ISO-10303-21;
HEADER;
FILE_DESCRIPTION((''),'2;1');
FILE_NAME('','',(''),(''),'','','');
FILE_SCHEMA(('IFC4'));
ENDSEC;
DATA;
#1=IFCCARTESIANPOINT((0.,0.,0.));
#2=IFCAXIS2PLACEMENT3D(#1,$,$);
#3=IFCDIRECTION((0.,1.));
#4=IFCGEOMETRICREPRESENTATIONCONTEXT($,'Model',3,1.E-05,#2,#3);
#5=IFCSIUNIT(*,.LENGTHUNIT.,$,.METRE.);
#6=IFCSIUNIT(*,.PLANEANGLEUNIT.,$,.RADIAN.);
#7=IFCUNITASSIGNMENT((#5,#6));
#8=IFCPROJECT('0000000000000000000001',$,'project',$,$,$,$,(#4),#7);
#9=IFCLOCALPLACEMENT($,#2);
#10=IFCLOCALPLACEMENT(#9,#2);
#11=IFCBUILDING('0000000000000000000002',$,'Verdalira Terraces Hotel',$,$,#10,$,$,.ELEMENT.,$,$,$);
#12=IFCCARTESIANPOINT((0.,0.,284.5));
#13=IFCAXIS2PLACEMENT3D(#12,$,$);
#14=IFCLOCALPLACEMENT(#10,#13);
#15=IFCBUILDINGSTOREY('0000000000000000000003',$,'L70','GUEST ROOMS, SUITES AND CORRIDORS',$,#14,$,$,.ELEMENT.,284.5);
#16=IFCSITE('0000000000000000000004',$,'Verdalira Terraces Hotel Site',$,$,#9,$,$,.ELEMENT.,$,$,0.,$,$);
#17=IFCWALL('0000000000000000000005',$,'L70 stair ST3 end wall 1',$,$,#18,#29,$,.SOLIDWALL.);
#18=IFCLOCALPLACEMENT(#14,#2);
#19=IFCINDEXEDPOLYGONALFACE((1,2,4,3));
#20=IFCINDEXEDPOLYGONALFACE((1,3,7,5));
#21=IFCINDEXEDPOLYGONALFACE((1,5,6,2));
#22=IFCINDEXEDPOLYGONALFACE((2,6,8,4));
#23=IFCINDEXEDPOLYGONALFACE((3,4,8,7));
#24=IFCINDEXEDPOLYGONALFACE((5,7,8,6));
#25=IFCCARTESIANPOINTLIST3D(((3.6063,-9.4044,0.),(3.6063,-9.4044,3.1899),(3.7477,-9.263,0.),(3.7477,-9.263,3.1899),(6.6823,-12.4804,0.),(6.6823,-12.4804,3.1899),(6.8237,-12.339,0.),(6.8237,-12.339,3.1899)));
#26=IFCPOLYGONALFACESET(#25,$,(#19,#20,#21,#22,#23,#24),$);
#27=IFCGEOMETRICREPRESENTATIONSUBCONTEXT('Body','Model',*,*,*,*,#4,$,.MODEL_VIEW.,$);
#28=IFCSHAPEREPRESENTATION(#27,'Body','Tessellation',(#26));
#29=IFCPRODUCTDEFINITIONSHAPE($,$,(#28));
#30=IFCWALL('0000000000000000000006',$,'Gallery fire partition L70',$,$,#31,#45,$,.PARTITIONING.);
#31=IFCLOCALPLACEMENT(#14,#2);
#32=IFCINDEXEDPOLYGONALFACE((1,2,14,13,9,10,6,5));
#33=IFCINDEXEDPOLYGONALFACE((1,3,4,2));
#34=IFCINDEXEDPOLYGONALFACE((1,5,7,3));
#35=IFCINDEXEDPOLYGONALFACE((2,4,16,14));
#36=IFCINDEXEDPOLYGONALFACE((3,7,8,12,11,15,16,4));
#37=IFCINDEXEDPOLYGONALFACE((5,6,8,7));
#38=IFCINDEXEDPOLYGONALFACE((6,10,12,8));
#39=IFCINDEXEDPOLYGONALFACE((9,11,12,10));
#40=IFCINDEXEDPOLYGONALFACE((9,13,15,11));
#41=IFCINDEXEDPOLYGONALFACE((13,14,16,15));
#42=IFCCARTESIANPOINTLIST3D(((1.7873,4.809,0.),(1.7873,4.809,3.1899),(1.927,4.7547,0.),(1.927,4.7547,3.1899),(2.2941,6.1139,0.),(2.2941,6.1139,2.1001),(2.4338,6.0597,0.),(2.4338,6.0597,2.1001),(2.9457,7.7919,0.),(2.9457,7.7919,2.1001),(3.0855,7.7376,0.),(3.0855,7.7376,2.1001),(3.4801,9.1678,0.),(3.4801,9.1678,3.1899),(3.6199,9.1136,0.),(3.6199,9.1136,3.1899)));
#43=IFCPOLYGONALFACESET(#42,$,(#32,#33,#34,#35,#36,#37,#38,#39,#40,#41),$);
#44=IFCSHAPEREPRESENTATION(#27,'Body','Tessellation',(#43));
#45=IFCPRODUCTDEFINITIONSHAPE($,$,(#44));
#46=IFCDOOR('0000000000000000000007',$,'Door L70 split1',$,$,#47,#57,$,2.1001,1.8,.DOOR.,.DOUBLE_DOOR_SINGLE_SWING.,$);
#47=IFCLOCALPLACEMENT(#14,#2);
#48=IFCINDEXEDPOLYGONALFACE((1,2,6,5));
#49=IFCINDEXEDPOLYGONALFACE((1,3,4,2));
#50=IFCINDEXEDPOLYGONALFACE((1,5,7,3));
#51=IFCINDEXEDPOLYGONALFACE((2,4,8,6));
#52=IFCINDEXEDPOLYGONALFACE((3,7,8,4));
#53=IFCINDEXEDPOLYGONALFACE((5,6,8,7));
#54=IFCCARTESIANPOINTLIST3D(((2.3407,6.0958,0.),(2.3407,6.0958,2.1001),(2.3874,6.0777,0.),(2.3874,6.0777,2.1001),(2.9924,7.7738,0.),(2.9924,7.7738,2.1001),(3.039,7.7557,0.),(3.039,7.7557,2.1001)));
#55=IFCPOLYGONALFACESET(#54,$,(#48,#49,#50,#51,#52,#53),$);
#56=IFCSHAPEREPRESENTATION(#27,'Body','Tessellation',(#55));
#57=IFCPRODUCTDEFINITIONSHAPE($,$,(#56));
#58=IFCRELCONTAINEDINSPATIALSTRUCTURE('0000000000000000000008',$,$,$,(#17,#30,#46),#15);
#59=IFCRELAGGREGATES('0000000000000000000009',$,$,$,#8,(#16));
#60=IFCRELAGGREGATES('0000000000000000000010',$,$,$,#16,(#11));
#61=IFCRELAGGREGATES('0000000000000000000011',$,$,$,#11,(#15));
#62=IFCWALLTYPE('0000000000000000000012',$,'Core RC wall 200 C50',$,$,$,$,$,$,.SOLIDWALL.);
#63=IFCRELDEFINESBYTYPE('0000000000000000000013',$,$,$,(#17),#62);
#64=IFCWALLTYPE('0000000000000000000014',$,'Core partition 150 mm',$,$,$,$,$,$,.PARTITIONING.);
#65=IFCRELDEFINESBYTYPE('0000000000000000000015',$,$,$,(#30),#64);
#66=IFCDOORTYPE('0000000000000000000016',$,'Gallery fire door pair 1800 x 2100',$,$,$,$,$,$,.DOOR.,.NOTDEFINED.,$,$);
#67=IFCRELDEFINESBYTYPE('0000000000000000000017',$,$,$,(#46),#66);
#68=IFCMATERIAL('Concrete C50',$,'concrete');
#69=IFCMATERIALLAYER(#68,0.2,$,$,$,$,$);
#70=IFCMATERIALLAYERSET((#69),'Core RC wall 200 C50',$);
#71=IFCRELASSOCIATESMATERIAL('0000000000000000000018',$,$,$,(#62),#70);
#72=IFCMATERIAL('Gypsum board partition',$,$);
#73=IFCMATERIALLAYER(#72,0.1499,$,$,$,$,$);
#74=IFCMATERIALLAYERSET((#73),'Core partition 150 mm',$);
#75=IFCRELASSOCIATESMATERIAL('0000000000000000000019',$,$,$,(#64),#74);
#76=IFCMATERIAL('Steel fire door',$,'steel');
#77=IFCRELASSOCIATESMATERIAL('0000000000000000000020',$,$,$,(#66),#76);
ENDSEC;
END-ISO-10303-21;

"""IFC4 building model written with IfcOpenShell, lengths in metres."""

from ifc_helpers import new_model, si_unit, direction, frame, frame_2d, origin, place, context, subcontext, project, spatial, rectangle, extrude, material, layer, layer_set, type_object, element, fill, save


model = new_model("IFC4")

# Units and contexts
model_context = context("Model", 3, precision=1e-05, world=origin(), true_north=direction((0.0, 1.0)))
body_context = subcontext(model_context, "Body", "Model", "MODEL_VIEW")
ifc_project = project(units=[si_unit("LENGTHUNIT", "METRE"), si_unit("PLANEANGLEUNIT", "RADIAN")], contexts=[model_context])

# Site, building, storey
site_placement = place(None, origin())
site = spatial("IfcSite", under=ifc_project, at=site_placement, Name="Verdalira Terraces Hotel Site", CompositionType="ELEMENT", RefElevation=0.0)
building_placement = place(site_placement, origin())
building = spatial("IfcBuilding", under=site, at=building_placement, Name="Verdalira Terraces Hotel", CompositionType="ELEMENT")
storey_placement = place(building_placement, frame((0.0, 0.0, 284.5)))
storey = spatial("IfcBuildingStorey", under=building, at=storey_placement, Name="L70", Description="GUEST ROOMS, SUITES AND CORRIDORS", CompositionType="ELEMENT", Elevation=284.5)

# Wall
ifc_material_1 = material(Name="Concrete C50", Category="concrete")
ifc_layer_1 = layer(ifc_material_1, 0.2)
ifc_layer_set_1 = layer_set([ifc_layer_1], Name="Core RC wall 200 C50")
wall_type_1 = type_object("IfcWallType", Name="Core RC wall 200 C50", PredefinedType="SOLIDWALL", material=ifc_layer_set_1)
wall_1_placement = place(storey_placement, frame((3.677, -9.3337, 0.0), z_axis=(0.0, 0.0, 1.0), x_axis=(0.707107, -0.707107, 0.0)))
element("IfcWall", 1, at=wall_1_placement, inside=storey, type_object=wall_type_1, Name="L70 stair ST3 end wall 1", PredefinedType="SOLIDWALL", context=body_context, shape_type="SweptSolid", body=[
    extrude(rectangle(XDim=4.3501, YDim=0.2, at=frame_2d((2.175, 0.0))), origin(), (0.0, 0.0, 1.0), 3.1899),
])

# Wall, opening, door
ifc_material_2 = material(Name="Gypsum board partition")
ifc_layer_2 = layer(ifc_material_2, 0.1499)
ifc_layer_set_2 = layer_set([ifc_layer_2], Name="Core partition 150 mm")
wall_type_2 = type_object("IfcWallType", Name="Core partition 150 mm", PredefinedType="PARTITIONING", material=ifc_layer_set_2)
wall_2_placement = place(storey_placement, frame((1.8572, 4.782, 0.0), z_axis=(0.0, 0.0, 1.0), x_axis=(0.362028, 0.932167, 0.0)))
wall_2 = element("IfcWall", 2, at=wall_2_placement, inside=storey, type_object=wall_type_2, Name="Gallery fire partition L70", PredefinedType="PARTITIONING", context=body_context, shape_type="SweptSolid", body=[
    extrude(rectangle(XDim=4.676, YDim=0.1499, at=frame_2d((2.3379, 0.0))), origin(), (0.0, 0.0, 1.0), 3.1899),
])
opening_placement = place(wall_2_placement, frame((1.3999, 0.0, 0.0)))
opening = element("IfcOpeningElement", 3, at=opening_placement, cuts=wall_2, PredefinedType="OPENING", context=body_context, shape_type="SweptSolid", body=[
    extrude(rectangle(XDim=1.8, YDim=2.1001, at=frame_2d((0.8999, 1.05))), frame((0.0, 0.085, 0.0), z_axis=(0.0, -1.0, 0.0), x_axis=(1.0, 0.0, 0.0)), (0.0, 0.0, 1.0), 0.1699),
])
ifc_material_3 = material(Name="Steel fire door", Category="steel")
door_type = type_object("IfcDoorType", Name="Gallery fire door pair 1800 x 2100", OperationType="NOTDEFINED", PredefinedType="DOOR", material=ifc_material_3)
door_placement = place(opening_placement, origin())
door = element("IfcDoor", 4, at=door_placement, inside=storey, type_object=door_type, Name="Door L70 split1", OperationType="DOUBLE_DOOR_SINGLE_SWING", OverallHeight=2.1001, OverallWidth=1.8, PredefinedType="DOOR", context=body_context, shape_type="SweptSolid", body=[
    extrude(rectangle(XDim=1.8, YDim=2.1001, at=frame_2d((0.8999, 1.05))), frame((0.0, 0.0249, 0.0), z_axis=(0.0, -1.0, 0.0), x_axis=(1.0, 0.0, 0.0)), (0.0, 0.0, 1.0), 0.05),
])
fill(opening, door)

save(model, "model.ifc")
